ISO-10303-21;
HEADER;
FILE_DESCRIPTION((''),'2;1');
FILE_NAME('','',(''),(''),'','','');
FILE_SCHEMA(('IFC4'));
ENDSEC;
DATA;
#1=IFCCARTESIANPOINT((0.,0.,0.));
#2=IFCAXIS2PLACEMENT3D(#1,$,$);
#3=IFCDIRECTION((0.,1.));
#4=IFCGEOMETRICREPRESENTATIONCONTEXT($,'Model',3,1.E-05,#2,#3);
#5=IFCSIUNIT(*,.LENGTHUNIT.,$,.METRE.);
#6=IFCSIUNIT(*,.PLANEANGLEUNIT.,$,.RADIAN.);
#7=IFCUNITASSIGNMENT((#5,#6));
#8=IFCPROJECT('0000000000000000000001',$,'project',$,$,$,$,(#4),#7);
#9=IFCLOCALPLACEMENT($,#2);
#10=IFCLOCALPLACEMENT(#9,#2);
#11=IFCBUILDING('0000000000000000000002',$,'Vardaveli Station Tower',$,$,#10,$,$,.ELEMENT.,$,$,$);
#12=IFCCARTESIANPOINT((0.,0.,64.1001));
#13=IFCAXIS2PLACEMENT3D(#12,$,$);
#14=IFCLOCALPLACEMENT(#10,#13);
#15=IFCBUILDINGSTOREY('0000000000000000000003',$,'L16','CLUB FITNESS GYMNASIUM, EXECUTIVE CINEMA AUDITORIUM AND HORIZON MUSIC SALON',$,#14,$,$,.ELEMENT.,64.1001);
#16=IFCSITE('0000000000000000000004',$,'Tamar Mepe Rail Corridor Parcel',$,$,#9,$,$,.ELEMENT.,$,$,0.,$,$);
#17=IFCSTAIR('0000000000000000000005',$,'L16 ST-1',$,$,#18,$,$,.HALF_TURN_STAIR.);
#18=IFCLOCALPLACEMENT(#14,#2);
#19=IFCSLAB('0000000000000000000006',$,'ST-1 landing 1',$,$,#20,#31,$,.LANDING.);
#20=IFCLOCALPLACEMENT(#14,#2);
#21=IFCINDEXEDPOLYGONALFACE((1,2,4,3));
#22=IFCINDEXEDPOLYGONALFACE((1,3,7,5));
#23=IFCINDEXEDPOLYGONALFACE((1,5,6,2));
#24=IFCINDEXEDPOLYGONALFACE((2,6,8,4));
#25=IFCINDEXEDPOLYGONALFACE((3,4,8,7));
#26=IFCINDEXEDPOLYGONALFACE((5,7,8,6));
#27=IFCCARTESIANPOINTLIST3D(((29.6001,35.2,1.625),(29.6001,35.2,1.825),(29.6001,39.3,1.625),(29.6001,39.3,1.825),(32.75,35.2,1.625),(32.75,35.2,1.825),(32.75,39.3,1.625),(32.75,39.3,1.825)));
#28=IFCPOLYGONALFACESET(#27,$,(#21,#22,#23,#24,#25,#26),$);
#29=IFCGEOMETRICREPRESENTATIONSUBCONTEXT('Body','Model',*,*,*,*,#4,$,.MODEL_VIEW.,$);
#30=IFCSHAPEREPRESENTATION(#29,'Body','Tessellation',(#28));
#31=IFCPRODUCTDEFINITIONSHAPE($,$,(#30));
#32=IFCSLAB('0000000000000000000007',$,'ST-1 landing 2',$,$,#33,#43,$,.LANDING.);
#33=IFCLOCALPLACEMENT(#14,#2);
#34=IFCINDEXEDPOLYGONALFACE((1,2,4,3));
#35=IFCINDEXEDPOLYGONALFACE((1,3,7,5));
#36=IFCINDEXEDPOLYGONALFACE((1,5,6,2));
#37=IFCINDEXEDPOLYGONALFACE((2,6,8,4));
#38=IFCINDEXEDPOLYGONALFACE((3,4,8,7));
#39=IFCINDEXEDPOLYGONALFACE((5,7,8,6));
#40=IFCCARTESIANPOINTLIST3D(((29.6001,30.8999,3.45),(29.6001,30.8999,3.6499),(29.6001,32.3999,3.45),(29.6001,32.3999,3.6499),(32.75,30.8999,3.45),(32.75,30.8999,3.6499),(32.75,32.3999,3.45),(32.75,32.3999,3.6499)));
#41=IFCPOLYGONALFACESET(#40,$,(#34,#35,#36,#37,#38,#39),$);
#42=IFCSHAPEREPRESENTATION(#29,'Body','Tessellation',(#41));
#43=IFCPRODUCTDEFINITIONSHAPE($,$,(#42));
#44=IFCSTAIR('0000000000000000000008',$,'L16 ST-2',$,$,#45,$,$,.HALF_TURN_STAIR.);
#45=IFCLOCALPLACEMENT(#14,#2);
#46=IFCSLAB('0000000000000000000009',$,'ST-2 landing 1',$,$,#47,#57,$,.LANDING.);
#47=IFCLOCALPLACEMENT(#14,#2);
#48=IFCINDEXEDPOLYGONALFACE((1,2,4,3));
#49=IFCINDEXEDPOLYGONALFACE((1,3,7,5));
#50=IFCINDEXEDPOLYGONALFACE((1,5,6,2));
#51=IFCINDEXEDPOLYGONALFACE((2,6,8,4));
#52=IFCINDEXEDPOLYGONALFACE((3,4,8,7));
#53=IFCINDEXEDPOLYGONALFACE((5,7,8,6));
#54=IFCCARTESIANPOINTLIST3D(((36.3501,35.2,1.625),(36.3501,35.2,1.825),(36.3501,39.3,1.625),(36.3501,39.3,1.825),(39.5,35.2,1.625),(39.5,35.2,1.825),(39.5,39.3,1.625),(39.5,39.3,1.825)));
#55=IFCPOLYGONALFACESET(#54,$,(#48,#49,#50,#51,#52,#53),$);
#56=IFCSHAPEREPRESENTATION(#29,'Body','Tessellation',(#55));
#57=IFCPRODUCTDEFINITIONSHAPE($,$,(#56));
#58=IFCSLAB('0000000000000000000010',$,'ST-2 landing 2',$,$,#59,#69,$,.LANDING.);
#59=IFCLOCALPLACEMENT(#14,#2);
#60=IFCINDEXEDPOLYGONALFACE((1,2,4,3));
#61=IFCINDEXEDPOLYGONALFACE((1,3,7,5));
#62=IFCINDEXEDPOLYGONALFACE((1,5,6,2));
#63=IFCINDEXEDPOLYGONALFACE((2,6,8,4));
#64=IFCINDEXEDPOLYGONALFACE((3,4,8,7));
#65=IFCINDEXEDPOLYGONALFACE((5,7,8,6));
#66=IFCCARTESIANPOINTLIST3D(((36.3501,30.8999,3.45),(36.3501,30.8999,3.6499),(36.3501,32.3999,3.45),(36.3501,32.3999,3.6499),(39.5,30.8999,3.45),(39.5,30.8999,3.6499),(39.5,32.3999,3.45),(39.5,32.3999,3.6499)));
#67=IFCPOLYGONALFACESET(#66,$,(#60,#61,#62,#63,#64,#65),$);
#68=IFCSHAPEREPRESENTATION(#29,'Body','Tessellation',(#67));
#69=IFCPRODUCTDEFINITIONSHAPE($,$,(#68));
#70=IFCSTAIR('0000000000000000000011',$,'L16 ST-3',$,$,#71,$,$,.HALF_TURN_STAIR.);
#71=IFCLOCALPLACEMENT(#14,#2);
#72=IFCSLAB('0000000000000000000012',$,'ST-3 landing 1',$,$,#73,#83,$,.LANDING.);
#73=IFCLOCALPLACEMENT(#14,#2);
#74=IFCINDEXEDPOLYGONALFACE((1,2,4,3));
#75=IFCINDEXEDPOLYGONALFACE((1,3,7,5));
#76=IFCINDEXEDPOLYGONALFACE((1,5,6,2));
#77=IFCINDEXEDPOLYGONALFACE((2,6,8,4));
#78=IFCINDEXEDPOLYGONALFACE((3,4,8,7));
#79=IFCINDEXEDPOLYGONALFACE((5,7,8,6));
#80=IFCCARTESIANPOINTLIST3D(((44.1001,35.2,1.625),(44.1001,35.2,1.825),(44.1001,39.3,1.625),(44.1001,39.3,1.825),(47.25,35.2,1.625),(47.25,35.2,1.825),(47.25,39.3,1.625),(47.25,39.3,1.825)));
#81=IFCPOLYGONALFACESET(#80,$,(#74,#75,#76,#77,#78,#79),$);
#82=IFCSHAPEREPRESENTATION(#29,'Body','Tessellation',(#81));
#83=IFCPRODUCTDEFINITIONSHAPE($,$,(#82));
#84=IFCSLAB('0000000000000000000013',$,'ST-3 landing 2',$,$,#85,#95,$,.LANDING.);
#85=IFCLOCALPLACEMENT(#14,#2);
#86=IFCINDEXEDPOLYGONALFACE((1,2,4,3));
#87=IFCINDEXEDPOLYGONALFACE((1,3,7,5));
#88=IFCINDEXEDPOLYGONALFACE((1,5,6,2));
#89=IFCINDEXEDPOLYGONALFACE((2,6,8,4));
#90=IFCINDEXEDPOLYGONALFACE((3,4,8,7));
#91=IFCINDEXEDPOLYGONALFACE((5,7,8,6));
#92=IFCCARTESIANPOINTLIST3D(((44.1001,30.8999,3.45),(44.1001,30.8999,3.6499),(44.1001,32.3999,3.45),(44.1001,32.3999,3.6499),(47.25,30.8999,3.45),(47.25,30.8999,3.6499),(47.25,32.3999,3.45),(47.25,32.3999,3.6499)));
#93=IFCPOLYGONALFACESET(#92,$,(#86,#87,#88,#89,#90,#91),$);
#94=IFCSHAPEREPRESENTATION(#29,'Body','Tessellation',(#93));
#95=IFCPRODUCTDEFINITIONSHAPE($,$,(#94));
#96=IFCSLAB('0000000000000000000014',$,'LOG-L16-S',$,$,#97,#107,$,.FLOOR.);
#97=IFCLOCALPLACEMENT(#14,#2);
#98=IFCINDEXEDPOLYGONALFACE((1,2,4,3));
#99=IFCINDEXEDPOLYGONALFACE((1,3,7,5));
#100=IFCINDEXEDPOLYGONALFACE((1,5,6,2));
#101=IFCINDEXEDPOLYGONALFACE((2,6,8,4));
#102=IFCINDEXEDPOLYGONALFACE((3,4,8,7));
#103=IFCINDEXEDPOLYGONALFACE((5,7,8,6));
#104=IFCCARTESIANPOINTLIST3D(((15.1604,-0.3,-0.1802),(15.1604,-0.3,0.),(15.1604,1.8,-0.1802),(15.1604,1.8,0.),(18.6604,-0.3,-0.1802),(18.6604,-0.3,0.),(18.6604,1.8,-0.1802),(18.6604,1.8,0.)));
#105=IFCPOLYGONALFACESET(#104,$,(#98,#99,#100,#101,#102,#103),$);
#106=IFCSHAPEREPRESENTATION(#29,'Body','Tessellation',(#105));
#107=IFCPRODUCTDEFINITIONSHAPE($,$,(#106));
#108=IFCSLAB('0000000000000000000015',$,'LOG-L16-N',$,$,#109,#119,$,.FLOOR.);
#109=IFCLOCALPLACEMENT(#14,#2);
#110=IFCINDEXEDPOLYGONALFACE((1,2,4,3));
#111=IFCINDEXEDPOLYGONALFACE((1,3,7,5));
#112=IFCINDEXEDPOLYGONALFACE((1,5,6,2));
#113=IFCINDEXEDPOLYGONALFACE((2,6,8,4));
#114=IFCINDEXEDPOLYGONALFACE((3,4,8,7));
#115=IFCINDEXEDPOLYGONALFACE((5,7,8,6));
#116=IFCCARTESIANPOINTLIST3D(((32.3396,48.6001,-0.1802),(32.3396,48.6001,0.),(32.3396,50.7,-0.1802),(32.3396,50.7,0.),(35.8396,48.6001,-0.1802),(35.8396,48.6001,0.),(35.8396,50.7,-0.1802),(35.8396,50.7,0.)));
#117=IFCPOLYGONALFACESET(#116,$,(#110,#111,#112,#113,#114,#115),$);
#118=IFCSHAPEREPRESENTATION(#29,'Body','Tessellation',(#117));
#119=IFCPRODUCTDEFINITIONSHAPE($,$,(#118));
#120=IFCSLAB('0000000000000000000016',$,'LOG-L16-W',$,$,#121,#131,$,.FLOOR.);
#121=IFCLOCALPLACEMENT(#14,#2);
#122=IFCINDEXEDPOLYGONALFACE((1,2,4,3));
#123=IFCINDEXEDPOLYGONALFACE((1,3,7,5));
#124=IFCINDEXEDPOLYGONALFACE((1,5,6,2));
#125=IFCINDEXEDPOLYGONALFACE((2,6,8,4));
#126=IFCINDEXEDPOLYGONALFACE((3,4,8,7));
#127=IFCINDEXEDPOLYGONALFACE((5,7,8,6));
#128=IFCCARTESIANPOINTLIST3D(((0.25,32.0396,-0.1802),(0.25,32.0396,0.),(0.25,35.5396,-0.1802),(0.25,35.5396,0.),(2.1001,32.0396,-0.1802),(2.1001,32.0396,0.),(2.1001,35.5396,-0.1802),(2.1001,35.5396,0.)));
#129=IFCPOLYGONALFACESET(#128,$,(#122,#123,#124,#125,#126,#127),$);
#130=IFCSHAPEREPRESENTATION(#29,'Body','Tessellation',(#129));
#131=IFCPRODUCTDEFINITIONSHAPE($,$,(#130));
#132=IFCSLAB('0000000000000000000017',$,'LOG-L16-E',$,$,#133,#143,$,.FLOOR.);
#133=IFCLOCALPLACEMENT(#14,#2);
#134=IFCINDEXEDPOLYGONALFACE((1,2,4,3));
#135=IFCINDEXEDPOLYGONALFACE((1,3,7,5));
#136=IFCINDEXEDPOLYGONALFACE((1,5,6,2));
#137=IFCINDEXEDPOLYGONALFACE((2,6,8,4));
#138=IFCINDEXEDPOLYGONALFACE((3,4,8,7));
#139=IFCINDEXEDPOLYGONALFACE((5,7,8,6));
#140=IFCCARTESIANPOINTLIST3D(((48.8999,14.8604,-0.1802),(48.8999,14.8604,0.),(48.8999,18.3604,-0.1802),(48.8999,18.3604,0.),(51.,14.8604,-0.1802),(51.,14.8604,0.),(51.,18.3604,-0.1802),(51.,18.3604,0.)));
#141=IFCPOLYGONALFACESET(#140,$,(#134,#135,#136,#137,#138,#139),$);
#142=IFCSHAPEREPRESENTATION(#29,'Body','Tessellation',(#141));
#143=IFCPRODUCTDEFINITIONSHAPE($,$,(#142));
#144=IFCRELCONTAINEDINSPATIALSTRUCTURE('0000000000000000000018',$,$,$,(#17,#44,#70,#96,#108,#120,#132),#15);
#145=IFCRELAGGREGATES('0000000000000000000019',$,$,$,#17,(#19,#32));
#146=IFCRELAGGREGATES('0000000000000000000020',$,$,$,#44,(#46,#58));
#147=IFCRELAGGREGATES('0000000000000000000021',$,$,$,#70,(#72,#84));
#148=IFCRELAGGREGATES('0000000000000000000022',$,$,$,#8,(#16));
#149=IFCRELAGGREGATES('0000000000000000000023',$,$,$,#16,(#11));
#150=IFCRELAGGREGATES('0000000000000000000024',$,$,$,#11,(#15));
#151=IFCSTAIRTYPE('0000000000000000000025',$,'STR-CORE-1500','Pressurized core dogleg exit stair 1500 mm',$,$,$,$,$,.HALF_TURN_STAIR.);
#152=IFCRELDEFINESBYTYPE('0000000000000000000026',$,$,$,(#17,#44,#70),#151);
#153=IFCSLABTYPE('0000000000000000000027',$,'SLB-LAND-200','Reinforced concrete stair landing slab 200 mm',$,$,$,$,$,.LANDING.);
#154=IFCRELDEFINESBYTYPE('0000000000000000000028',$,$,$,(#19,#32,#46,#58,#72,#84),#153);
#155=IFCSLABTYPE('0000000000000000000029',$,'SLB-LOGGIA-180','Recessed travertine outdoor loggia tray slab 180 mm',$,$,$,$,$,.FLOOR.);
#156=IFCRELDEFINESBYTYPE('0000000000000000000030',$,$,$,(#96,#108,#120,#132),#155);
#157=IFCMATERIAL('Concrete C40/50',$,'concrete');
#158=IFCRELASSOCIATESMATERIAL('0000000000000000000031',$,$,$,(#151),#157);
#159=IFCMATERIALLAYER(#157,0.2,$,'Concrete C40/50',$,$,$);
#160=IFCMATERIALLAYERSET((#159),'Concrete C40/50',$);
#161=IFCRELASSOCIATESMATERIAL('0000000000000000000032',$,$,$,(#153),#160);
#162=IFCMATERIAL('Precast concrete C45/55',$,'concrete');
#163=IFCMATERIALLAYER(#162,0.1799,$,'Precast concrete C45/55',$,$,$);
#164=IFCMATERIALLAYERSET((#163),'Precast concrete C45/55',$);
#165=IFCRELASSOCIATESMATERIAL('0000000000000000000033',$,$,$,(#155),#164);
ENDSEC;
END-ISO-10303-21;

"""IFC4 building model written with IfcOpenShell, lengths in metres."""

from ifc_helpers import new_model, si_unit, direction, frame, origin, place, context, subcontext, project, spatial, polyline, outline, extrude, material, layer, layer_set, type_object, element, aggregate, save


model = new_model("IFC4")

# Units and contexts
model_context = context("Model", 3, precision=1e-05, world=origin(), true_north=direction((0.0, 1.0)))
body_context = subcontext(model_context, "Body", "Model", "MODEL_VIEW")
ifc_project = project(units=[si_unit("LENGTHUNIT", "METRE"), si_unit("PLANEANGLEUNIT", "RADIAN")], contexts=[model_context])

# Site, building, storey
site_placement = place(None, origin())
site = spatial("IfcSite", under=ifc_project, at=site_placement, Name="Tamar Mepe Rail Corridor Parcel", CompositionType="ELEMENT", RefElevation=0.0)
building_placement = place(site_placement, origin())
building = spatial("IfcBuilding", under=site, at=building_placement, Name="Vardaveli Station Tower", CompositionType="ELEMENT")
storey_placement = place(building_placement, frame((0.0, 0.0, 64.1001)))
storey = spatial("IfcBuildingStorey", under=building, at=storey_placement, Name="L16", Description="CLUB FITNESS GYMNASIUM, EXECUTIVE CINEMA AUDITORIUM AND HORIZON MUSIC SALON", CompositionType="ELEMENT", Elevation=64.1001)

# Stairs, slabs
ifc_material_1 = material(Name="Concrete C40/50", Category="concrete")
stair_type = type_object("IfcStairType", Name="STR-CORE-1500", Description="Pressurized core dogleg exit stair 1500 mm", PredefinedType="HALF_TURN_STAIR", material=ifc_material_1)
stair_1_placement = place(storey_placement, origin())
stair_1 = element("IfcStair", 1, at=stair_1_placement, inside=storey, type_object=stair_type, Name="L16 ST-1", PredefinedType="HALF_TURN_STAIR")
ifc_layer_1 = layer(ifc_material_1, 0.2, Name="Concrete C40/50")
ifc_layer_set_1 = layer_set([ifc_layer_1], Name="Concrete C40/50")
slab_type_1 = type_object("IfcSlabType", Name="SLB-LAND-200", Description="Reinforced concrete stair landing slab 200 mm", PredefinedType="LANDING", material=ifc_layer_set_1)
slab_1_placement = place(storey_placement, frame((0.0, 0.0, 1.625)))
slab_1 = element("IfcSlab", 2, at=slab_1_placement, type_object=slab_type_1, Name="ST-1 landing 1", PredefinedType="LANDING", context=body_context, shape_type="SweptSolid", body=[
    extrude(outline(polyline([(32.75, 35.2), (32.75, 39.3), (29.6001, 39.3), (29.6001, 35.2), (32.75, 35.2)])), origin(), (0.0, 0.0, 1.0), 0.2),
])
slab_2_placement = place(storey_placement, frame((0.0, 0.0, 3.45)))
slab_2 = element("IfcSlab", 3, at=slab_2_placement, type_object=slab_type_1, Name="ST-1 landing 2", PredefinedType="LANDING", context=body_context, shape_type="SweptSolid", body=[
    extrude(outline(polyline([(32.75, 30.8999), (32.75, 32.3999), (29.6001, 32.3999), (29.6001, 30.8999), (32.75, 30.8999)])), origin(), (0.0, 0.0, 1.0), 0.2),
])
aggregate(stair_1, [slab_1, slab_2])
stair_2_placement = place(storey_placement, origin())
stair_2 = element("IfcStair", 4, at=stair_2_placement, inside=storey, type_object=stair_type, Name="L16 ST-2", PredefinedType="HALF_TURN_STAIR")
slab_3_placement = place(storey_placement, frame((0.0, 0.0, 1.625)))
slab_3 = element("IfcSlab", 5, at=slab_3_placement, type_object=slab_type_1, Name="ST-2 landing 1", PredefinedType="LANDING", context=body_context, shape_type="SweptSolid", body=[
    extrude(outline(polyline([(39.5, 35.2), (39.5, 39.3), (36.3501, 39.3), (36.3501, 35.2), (39.5, 35.2)])), origin(), (0.0, 0.0, 1.0), 0.2),
])
slab_4_placement = place(storey_placement, frame((0.0, 0.0, 3.45)))
slab_4 = element("IfcSlab", 6, at=slab_4_placement, type_object=slab_type_1, Name="ST-2 landing 2", PredefinedType="LANDING", context=body_context, shape_type="SweptSolid", body=[
    extrude(outline(polyline([(39.5, 30.8999), (39.5, 32.3999), (36.3501, 32.3999), (36.3501, 30.8999), (39.5, 30.8999)])), origin(), (0.0, 0.0, 1.0), 0.2),
])
aggregate(stair_2, [slab_3, slab_4])
stair_3_placement = place(storey_placement, origin())
stair_3 = element("IfcStair", 7, at=stair_3_placement, inside=storey, type_object=stair_type, Name="L16 ST-3", PredefinedType="HALF_TURN_STAIR")
slab_5_placement = place(storey_placement, frame((0.0, 0.0, 1.625)))
slab_5 = element("IfcSlab", 8, at=slab_5_placement, type_object=slab_type_1, Name="ST-3 landing 1", PredefinedType="LANDING", context=body_context, shape_type="SweptSolid", body=[
    extrude(outline(polyline([(47.25, 35.2), (47.25, 39.3), (44.1001, 39.3), (44.1001, 35.2), (47.25, 35.2)])), origin(), (0.0, 0.0, 1.0), 0.2),
])
slab_6_placement = place(storey_placement, frame((0.0, 0.0, 3.45)))
slab_6 = element("IfcSlab", 9, at=slab_6_placement, type_object=slab_type_1, Name="ST-3 landing 2", PredefinedType="LANDING", context=body_context, shape_type="SweptSolid", body=[
    extrude(outline(polyline([(47.25, 30.8999), (47.25, 32.3999), (44.1001, 32.3999), (44.1001, 30.8999), (47.25, 30.8999)])), origin(), (0.0, 0.0, 1.0), 0.2),
])
aggregate(stair_3, [slab_5, slab_6])

# Slabs
ifc_material_2 = material(Name="Precast concrete C45/55", Category="concrete")
ifc_layer_2 = layer(ifc_material_2, 0.1799, Name="Precast concrete C45/55")
ifc_layer_set_2 = layer_set([ifc_layer_2], Name="Precast concrete C45/55")
slab_type_2 = type_object("IfcSlabType", Name="SLB-LOGGIA-180", Description="Recessed travertine outdoor loggia tray slab 180 mm", PredefinedType="FLOOR", material=ifc_layer_set_2)
slab_7_placement = place(storey_placement, frame((0.0, 0.0, -0.1802)))
element("IfcSlab", 10, at=slab_7_placement, inside=storey, type_object=slab_type_2, Name="LOG-L16-S", PredefinedType="FLOOR", context=body_context, shape_type="SweptSolid", body=[
    extrude(outline(polyline([(15.1604, -0.3), (18.6604, -0.3), (18.6604, 1.8), (15.1604, 1.8), (15.1604, -0.3)])), origin(), (0.0, 0.0, 1.0), 0.1802),
])
slab_8_placement = place(storey_placement, frame((0.0, 0.0, -0.1802)))
element("IfcSlab", 11, at=slab_8_placement, inside=storey, type_object=slab_type_2, Name="LOG-L16-N", PredefinedType="FLOOR", context=body_context, shape_type="SweptSolid", body=[
    extrude(outline(polyline([(32.3396, 48.6001), (35.8396, 48.6001), (35.8396, 50.7), (32.3396, 50.7), (32.3396, 48.6001)])), origin(), (0.0, 0.0, 1.0), 0.1802),
])
slab_9_placement = place(storey_placement, frame((0.0, 0.0, -0.1802)))
element("IfcSlab", 12, at=slab_9_placement, inside=storey, type_object=slab_type_2, Name="LOG-L16-W", PredefinedType="FLOOR", context=body_context, shape_type="SweptSolid", body=[
    extrude(outline(polyline([(0.25, 32.0396), (2.1001, 32.0396), (2.1001, 35.5396), (0.25, 35.5396), (0.25, 32.0396)])), origin(), (0.0, 0.0, 1.0), 0.1802),
])
slab_10_placement = place(storey_placement, frame((0.0, 0.0, -0.1802)))
element("IfcSlab", 13, at=slab_10_placement, inside=storey, type_object=slab_type_2, Name="LOG-L16-E", PredefinedType="FLOOR", context=body_context, shape_type="SweptSolid", body=[
    extrude(outline(polyline([(48.8999, 14.8604), (51.0, 14.8604), (51.0, 18.3604), (48.8999, 18.3604), (48.8999, 14.8604)])), origin(), (0.0, 0.0, 1.0), 0.1802),
])

save(model, "model.ifc")
